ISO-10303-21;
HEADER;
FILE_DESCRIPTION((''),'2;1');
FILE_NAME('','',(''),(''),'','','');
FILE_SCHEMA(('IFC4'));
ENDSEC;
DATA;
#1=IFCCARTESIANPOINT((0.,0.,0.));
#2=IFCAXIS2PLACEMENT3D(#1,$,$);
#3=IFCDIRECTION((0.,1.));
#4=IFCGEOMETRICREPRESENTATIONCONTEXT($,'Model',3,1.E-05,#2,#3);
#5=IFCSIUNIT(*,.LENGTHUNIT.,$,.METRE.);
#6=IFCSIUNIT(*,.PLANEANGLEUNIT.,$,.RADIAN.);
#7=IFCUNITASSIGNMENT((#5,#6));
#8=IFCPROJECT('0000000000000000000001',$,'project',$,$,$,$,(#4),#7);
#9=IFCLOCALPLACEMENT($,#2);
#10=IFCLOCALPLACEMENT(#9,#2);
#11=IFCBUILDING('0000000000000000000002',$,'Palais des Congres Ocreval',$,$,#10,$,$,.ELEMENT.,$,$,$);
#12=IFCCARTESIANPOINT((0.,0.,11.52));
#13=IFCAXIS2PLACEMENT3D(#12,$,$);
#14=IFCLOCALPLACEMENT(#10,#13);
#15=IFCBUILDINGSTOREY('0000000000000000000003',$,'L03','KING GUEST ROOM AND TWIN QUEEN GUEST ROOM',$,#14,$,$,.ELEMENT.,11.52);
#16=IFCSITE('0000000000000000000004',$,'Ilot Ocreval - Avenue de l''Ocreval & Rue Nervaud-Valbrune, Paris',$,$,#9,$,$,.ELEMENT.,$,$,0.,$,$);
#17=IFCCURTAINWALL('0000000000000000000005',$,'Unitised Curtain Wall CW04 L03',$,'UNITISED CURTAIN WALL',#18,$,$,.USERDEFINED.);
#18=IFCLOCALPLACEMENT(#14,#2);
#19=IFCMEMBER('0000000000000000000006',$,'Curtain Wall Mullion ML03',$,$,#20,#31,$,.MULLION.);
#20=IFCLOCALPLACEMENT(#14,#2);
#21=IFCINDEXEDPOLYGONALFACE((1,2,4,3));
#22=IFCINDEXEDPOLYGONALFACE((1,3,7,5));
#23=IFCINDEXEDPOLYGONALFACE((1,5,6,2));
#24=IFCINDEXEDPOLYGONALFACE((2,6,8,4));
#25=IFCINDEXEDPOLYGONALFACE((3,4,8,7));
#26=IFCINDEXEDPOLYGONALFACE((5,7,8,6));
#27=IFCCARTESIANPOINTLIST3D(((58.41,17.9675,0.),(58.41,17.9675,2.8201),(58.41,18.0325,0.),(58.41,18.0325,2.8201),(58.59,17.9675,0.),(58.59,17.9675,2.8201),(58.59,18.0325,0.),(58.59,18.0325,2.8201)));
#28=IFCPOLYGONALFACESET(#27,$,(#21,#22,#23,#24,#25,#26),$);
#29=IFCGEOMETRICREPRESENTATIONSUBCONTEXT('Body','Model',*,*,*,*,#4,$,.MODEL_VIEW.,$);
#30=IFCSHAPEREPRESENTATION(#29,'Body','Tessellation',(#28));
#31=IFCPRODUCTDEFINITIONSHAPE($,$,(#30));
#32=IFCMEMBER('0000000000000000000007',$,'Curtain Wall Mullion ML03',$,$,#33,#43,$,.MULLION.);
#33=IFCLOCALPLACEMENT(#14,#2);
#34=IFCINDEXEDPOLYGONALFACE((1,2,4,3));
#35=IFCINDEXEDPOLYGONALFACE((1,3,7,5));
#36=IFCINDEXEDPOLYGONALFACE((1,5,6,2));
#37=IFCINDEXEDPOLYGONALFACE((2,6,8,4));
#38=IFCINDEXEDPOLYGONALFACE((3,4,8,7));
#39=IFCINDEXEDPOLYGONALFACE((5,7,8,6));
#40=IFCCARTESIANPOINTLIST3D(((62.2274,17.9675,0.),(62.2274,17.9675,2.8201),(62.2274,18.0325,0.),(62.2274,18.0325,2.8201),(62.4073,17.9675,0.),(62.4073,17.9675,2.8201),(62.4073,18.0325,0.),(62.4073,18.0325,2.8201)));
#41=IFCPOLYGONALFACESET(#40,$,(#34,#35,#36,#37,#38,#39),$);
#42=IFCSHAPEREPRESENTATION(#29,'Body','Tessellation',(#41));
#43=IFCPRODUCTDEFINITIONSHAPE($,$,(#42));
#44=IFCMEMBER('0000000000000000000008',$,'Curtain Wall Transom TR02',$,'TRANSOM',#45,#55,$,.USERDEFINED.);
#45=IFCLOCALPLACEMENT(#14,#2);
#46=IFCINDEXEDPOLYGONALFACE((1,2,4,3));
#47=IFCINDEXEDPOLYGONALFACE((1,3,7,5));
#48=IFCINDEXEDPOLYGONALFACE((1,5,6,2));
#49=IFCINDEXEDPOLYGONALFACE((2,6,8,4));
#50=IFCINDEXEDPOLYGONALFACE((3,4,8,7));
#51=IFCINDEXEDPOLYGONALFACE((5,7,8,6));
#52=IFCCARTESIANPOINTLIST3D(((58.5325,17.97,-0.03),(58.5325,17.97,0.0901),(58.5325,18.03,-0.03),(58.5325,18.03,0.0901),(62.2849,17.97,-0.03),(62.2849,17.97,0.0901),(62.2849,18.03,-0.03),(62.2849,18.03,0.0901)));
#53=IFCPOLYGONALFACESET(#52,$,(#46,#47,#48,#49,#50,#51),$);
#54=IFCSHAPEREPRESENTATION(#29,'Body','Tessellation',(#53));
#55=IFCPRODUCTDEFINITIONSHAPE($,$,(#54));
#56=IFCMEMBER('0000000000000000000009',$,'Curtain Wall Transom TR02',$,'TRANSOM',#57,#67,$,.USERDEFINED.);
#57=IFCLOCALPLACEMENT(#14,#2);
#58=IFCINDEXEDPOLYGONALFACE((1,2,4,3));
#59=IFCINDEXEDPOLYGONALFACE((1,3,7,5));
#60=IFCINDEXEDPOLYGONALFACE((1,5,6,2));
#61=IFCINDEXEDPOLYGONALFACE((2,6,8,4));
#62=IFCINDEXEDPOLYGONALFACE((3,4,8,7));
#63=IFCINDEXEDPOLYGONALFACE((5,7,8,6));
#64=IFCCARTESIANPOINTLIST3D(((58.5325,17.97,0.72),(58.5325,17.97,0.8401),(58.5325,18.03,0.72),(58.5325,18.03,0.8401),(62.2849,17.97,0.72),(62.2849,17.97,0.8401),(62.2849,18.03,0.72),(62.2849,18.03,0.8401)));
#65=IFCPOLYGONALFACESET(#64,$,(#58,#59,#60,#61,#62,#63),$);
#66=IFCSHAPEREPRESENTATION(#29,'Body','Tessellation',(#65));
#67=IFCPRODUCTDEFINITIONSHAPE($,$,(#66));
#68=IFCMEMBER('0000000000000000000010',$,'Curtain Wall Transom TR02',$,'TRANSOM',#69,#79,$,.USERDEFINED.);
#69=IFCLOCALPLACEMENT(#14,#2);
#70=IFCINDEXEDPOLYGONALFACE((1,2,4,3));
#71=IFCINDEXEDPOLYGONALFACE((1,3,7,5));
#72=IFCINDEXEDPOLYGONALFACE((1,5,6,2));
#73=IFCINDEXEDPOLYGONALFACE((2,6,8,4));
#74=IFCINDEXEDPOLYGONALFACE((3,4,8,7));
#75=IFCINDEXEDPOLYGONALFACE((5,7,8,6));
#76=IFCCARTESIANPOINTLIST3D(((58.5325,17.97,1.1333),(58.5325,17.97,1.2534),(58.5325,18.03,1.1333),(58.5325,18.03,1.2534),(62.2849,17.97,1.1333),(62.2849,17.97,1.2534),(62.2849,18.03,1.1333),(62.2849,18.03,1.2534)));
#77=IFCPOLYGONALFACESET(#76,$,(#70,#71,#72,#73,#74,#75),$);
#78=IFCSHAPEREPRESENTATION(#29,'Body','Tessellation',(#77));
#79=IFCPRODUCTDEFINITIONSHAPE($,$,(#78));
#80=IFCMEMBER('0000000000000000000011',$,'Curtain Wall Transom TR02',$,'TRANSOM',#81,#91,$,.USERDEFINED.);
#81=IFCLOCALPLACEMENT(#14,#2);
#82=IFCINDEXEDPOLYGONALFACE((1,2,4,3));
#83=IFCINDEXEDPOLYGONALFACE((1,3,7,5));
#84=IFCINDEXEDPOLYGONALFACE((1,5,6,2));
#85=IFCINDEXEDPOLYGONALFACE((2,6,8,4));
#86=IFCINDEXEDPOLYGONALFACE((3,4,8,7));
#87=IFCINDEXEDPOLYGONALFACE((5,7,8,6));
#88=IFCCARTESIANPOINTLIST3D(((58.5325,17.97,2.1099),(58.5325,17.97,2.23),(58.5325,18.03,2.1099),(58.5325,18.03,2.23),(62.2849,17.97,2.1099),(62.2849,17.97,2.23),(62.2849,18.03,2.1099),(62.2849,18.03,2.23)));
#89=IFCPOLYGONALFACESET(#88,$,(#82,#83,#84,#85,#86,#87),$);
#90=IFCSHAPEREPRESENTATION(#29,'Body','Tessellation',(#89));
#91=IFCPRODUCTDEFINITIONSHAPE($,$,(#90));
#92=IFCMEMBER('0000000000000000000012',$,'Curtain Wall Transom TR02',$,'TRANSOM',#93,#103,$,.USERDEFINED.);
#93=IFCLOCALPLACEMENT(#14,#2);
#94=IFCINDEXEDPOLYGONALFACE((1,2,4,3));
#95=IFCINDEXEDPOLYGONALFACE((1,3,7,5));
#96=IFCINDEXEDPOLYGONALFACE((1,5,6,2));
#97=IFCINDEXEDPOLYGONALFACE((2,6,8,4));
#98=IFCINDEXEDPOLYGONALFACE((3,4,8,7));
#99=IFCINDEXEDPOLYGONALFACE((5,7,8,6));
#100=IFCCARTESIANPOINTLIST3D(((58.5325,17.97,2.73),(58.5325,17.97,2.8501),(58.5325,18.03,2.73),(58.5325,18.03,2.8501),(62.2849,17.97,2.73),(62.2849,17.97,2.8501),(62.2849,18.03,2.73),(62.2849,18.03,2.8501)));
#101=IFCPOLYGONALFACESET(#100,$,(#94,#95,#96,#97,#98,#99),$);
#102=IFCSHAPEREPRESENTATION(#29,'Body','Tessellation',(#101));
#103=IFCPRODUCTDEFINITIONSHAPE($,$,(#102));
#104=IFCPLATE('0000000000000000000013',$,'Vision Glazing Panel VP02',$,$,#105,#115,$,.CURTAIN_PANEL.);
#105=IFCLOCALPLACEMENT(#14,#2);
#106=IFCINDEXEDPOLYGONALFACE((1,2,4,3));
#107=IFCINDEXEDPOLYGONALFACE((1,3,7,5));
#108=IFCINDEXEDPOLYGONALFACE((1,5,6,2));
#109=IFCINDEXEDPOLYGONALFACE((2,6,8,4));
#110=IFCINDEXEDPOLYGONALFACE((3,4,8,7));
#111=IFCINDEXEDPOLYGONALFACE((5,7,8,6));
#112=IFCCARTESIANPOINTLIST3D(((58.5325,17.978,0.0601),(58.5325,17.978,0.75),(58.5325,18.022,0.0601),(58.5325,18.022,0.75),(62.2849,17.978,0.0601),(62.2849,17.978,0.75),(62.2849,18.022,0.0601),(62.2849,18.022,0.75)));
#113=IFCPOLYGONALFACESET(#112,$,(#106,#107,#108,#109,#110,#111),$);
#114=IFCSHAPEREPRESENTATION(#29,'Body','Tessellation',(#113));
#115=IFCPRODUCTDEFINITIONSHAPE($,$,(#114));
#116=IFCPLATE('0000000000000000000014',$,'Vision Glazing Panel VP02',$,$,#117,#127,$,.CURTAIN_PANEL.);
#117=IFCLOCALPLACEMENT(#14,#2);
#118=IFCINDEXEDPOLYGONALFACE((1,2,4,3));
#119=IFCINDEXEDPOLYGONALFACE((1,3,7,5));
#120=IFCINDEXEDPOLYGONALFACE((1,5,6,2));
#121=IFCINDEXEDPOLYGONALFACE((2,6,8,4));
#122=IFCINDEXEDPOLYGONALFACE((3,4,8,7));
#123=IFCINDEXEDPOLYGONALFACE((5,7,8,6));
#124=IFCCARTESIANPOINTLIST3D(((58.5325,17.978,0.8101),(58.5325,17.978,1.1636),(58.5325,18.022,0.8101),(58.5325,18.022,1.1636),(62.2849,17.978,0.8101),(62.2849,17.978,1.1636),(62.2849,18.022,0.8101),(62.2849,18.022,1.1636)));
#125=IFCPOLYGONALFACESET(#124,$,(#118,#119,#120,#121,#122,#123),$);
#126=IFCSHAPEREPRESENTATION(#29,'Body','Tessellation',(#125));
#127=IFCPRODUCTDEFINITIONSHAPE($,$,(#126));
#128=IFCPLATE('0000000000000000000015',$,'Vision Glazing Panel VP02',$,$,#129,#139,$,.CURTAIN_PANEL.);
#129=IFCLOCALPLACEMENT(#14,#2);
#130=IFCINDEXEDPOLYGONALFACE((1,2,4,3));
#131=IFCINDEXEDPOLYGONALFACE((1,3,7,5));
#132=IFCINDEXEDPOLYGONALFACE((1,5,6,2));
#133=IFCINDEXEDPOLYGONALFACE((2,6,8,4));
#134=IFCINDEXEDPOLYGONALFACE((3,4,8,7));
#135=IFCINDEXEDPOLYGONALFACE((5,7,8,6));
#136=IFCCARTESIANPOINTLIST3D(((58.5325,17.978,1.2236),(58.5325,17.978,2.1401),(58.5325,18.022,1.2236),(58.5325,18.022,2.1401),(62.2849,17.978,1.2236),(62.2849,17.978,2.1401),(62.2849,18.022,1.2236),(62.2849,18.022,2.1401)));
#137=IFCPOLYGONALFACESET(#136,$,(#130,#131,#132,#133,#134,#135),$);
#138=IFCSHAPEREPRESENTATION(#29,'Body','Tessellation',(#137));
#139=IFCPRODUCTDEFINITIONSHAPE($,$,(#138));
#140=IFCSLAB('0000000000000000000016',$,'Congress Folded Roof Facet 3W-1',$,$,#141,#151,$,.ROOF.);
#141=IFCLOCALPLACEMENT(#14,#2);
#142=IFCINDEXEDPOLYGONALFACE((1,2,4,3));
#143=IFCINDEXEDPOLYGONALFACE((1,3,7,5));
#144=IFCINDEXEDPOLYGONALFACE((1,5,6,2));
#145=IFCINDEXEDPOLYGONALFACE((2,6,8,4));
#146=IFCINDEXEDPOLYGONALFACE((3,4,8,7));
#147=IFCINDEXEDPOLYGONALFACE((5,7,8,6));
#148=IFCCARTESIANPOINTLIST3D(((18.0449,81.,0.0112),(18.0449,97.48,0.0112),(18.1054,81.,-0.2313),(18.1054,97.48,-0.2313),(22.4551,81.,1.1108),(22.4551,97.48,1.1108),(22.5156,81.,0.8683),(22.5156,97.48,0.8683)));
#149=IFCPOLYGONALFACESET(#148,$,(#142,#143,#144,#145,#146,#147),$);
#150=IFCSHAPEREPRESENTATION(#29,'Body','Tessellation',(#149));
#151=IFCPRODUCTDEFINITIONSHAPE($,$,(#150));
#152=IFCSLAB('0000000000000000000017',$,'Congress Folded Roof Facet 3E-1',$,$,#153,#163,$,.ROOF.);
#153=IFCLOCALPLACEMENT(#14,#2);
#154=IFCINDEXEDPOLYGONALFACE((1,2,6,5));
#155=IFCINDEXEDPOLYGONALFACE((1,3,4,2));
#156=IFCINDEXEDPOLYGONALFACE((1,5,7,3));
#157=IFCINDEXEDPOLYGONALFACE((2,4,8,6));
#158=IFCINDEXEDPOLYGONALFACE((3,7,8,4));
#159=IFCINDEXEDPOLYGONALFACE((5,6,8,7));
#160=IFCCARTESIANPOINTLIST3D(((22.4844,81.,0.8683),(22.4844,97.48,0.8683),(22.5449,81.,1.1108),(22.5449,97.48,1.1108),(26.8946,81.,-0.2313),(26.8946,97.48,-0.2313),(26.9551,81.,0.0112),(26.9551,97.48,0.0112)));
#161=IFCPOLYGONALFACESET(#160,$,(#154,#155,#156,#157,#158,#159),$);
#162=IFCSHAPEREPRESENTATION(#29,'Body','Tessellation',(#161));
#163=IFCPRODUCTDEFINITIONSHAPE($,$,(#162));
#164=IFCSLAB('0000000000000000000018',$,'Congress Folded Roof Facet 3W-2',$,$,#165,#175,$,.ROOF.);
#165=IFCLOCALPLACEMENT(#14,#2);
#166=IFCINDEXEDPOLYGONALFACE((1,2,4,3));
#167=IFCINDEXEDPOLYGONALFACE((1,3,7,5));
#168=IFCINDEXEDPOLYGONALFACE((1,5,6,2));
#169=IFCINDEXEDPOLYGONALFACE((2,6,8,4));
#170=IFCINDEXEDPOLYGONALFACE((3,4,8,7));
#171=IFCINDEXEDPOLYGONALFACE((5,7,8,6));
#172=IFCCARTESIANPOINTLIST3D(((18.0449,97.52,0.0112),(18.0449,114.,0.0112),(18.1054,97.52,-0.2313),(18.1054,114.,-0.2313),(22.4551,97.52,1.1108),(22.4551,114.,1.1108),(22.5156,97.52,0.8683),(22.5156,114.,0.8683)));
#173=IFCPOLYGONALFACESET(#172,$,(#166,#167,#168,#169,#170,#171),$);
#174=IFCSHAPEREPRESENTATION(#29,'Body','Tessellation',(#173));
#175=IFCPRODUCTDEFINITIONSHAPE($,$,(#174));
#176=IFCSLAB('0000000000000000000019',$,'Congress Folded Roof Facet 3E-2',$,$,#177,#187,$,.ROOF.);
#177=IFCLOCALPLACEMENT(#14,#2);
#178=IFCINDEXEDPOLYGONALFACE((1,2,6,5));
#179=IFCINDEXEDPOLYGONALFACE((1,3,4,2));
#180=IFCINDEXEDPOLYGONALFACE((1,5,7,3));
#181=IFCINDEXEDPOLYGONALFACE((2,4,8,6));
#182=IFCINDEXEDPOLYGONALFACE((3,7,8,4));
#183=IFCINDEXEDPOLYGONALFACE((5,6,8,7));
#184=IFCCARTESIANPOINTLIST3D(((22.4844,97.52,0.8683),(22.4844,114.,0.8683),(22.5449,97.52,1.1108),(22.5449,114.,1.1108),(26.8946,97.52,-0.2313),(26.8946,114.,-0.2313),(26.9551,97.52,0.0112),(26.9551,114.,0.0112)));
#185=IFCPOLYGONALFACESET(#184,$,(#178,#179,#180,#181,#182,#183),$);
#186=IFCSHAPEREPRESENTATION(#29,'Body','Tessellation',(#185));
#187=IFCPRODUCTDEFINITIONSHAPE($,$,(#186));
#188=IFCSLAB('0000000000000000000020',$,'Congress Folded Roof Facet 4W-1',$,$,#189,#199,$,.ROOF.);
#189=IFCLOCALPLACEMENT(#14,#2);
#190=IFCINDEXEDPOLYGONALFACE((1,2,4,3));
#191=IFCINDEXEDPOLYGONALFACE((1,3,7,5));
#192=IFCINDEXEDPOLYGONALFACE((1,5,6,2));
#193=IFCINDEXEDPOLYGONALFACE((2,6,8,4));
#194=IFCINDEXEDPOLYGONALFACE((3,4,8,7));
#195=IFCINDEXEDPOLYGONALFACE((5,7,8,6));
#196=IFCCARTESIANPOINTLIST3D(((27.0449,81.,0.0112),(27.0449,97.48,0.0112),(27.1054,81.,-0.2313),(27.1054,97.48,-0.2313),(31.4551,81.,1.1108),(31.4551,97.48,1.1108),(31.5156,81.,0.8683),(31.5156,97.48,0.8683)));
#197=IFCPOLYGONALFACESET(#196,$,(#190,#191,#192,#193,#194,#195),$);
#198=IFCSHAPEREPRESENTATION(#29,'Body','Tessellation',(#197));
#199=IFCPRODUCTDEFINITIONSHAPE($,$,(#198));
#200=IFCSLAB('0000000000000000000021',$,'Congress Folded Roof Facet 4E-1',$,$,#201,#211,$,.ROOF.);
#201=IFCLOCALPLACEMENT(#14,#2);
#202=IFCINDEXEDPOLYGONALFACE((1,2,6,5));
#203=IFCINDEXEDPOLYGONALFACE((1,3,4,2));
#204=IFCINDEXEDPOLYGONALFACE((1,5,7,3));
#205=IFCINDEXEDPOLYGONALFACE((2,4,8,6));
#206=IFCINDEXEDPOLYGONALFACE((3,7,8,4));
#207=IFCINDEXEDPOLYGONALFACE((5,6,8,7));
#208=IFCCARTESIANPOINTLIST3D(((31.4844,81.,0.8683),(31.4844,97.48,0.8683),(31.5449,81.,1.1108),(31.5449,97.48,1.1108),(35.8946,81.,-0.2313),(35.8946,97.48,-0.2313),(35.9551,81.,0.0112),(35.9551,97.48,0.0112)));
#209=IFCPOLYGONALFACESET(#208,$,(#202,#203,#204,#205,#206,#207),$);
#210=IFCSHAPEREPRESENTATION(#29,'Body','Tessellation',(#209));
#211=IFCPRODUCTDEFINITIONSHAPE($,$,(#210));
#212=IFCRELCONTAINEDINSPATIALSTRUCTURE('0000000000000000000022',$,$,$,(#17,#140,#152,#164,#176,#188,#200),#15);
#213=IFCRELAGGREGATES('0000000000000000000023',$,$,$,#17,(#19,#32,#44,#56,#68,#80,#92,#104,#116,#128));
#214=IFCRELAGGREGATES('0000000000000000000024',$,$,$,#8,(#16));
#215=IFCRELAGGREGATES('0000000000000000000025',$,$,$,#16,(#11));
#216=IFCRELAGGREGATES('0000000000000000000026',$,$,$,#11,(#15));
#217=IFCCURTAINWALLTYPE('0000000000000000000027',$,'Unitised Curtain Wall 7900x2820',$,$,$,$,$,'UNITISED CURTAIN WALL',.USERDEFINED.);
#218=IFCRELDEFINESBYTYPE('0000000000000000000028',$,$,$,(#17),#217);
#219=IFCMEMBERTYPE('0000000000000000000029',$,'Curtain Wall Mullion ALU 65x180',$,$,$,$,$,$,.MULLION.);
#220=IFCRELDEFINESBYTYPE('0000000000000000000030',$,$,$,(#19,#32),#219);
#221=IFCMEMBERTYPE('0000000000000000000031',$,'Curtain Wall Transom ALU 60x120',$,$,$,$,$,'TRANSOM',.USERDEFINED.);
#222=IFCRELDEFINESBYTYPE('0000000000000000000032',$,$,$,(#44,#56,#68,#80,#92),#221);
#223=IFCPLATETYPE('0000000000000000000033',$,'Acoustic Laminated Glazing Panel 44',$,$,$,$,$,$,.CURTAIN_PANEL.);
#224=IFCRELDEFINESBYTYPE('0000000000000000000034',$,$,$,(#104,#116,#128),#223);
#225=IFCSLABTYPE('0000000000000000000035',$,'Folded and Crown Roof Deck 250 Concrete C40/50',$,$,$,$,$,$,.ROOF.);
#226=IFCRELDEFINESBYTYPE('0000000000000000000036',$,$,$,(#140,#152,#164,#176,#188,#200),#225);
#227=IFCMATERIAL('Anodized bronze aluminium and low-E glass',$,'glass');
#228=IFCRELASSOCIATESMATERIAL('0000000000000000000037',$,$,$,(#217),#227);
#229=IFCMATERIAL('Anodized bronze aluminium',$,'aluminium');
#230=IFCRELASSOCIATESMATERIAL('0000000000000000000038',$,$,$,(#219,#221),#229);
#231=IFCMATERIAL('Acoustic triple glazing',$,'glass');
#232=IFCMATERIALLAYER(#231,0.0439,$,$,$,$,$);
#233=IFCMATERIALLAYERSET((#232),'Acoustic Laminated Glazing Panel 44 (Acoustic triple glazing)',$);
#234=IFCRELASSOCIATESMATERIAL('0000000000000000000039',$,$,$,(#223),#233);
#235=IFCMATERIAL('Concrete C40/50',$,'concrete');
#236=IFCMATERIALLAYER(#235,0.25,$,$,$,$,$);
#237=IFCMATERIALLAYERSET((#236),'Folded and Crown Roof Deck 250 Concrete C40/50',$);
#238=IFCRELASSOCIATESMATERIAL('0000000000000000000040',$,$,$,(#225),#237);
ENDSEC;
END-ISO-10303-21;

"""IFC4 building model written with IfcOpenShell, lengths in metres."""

from ifc_helpers import new_model, si_unit, direction, frame, origin, origin_2d, place, context, subcontext, project, spatial, polyline, rectangle, outline, extrude, material, layer, layer_set, material_profile, profile_set, type_object, element, aggregate, save


model = new_model("IFC4")

# Units and contexts
model_context = context("Model", 3, precision=1e-05, world=origin(), true_north=direction((0.0, 1.0)))
body_context = subcontext(model_context, "Body", "Model", "MODEL_VIEW")
ifc_project = project(units=[si_unit("LENGTHUNIT", "METRE"), si_unit("PLANEANGLEUNIT", "RADIAN")], contexts=[model_context])

# Site, building, storey
site_placement = place(None, origin())
site = spatial("IfcSite", under=ifc_project, at=site_placement, Name="Ilot Ocreval - Avenue de l'Ocreval & Rue Nervaud-Valbrune, Paris", CompositionType="ELEMENT", RefElevation=0.0)
building_placement = place(site_placement, origin())
building = spatial("IfcBuilding", under=site, at=building_placement, Name="Palais des Congres Ocreval", CompositionType="ELEMENT")
storey_placement = place(building_placement, frame((0.0, 0.0, 11.52)))
storey = spatial("IfcBuildingStorey", under=building, at=storey_placement, Name="L03", Description="KING GUEST ROOM AND TWIN QUEEN GUEST ROOM", CompositionType="ELEMENT", Elevation=11.52)

# Curtain wall, members, plates
ifc_material_1 = material(Name="Anodized bronze aluminium and low-E glass", Category="glass")
curtain_wall_type = type_object("IfcCurtainWallType", Name="Unitised Curtain Wall 7900x2820", ElementType="UNITISED CURTAIN WALL", PredefinedType="USERDEFINED", material=ifc_material_1)
curtain_wall_placement = place(storey_placement, origin())
curtain_wall = element("IfcCurtainWall", 1, at=curtain_wall_placement, inside=storey, type_object=curtain_wall_type, Name="Unitised Curtain Wall CW04 L03", ObjectType="UNITISED CURTAIN WALL", PredefinedType="USERDEFINED")
ifc_material_2 = material(Name="Anodized bronze aluminium", Category="aluminium")
ifc_material_profile_1 = material_profile(ifc_material_2, rectangle(XDim=0.0649, YDim=0.1799, at=origin_2d()), Name="ALU 65x180")
ifc_profile_set_1 = profile_set([ifc_material_profile_1], Name="Anodized bronze aluminium")
member_type_1 = type_object("IfcMemberType", Name="Curtain Wall Mullion ALU 65x180", PredefinedType="MULLION", material=ifc_profile_set_1)
member_1_placement = place(storey_placement, frame((58.5, 18.0, 0.0), z_axis=(0.0, 0.0, 1.0), x_axis=(0.0, 1.0, 0.0)))
member_1 = element("IfcMember", 2, at=member_1_placement, type_object=member_type_1, Name="Curtain Wall Mullion ML03", PredefinedType="MULLION", context=body_context, shape_type="SweptSolid", body=[
    extrude(rectangle(XDim=0.0649, YDim=0.1799, at=origin_2d()), origin(), (0.0, 0.0, 1.0), 2.8201),
])
member_2_placement = place(storey_placement, frame((62.3174, 18.0, 0.0), z_axis=(0.0, 0.0, 1.0), x_axis=(0.0, 1.0, 0.0)))
member_2 = element("IfcMember", 3, at=member_2_placement, type_object=member_type_1, Name="Curtain Wall Mullion ML03", PredefinedType="MULLION", context=body_context, shape_type="SweptSolid", body=[
    extrude(rectangle(XDim=0.0649, YDim=0.1799, at=origin_2d()), origin(), (0.0, 0.0, 1.0), 2.8201),
])
ifc_material_profile_2 = material_profile(ifc_material_2, rectangle(XDim=0.0601, YDim=0.1201, at=origin_2d()), Name="ALU 60x120")
ifc_profile_set_2 = profile_set([ifc_material_profile_2], Name="Anodized bronze aluminium")
member_type_2 = type_object("IfcMemberType", Name="Curtain Wall Transom ALU 60x120", ElementType="TRANSOM", PredefinedType="USERDEFINED", material=ifc_profile_set_2)
member_3_placement = place(storey_placement, frame((58.5325, 18.0, 0.03), z_axis=(1.0, 0.0, 0.0), x_axis=(0.0, 1.0, 0.0)))
member_3 = element("IfcMember", 4, at=member_3_placement, type_object=member_type_2, Name="Curtain Wall Transom TR02", ObjectType="TRANSOM", PredefinedType="USERDEFINED", context=body_context, shape_type="SweptSolid", body=[
    extrude(rectangle(XDim=0.0601, YDim=0.1201, at=origin_2d()), origin(), (0.0, 0.0, 1.0), 3.7524),
])
member_4_placement = place(storey_placement, frame((58.5325, 18.0, 0.78), z_axis=(1.0, 0.0, 0.0), x_axis=(0.0, 1.0, 0.0)))
member_4 = element("IfcMember", 5, at=member_4_placement, type_object=member_type_2, Name="Curtain Wall Transom TR02", ObjectType="TRANSOM", PredefinedType="USERDEFINED", context=body_context, shape_type="SweptSolid", body=[
    extrude(rectangle(XDim=0.0601, YDim=0.1201, at=origin_2d()), origin(), (0.0, 0.0, 1.0), 3.7524),
])
member_5_placement = place(storey_placement, frame((58.5325, 18.0, 1.1934), z_axis=(1.0, 0.0, 0.0), x_axis=(0.0, 1.0, 0.0)))
member_5 = element("IfcMember", 6, at=member_5_placement, type_object=member_type_2, Name="Curtain Wall Transom TR02", ObjectType="TRANSOM", PredefinedType="USERDEFINED", context=body_context, shape_type="SweptSolid", body=[
    extrude(rectangle(XDim=0.0601, YDim=0.1201, at=origin_2d()), origin(), (0.0, 0.0, 1.0), 3.7524),
])
member_6_placement = place(storey_placement, frame((58.5325, 18.0, 2.1699), z_axis=(1.0, 0.0, 0.0), x_axis=(0.0, 1.0, 0.0)))
member_6 = element("IfcMember", 7, at=member_6_placement, type_object=member_type_2, Name="Curtain Wall Transom TR02", ObjectType="TRANSOM", PredefinedType="USERDEFINED", context=body_context, shape_type="SweptSolid", body=[
    extrude(rectangle(XDim=0.0601, YDim=0.1201, at=origin_2d()), origin(), (0.0, 0.0, 1.0), 3.7524),
])
member_7_placement = place(storey_placement, frame((58.5325, 18.0, 2.79), z_axis=(1.0, 0.0, 0.0), x_axis=(0.0, 1.0, 0.0)))
member_7 = element("IfcMember", 8, at=member_7_placement, type_object=member_type_2, Name="Curtain Wall Transom TR02", ObjectType="TRANSOM", PredefinedType="USERDEFINED", context=body_context, shape_type="SweptSolid", body=[
    extrude(rectangle(XDim=0.0601, YDim=0.1201, at=origin_2d()), origin(), (0.0, 0.0, 1.0), 3.7524),
])
ifc_material_3 = material(Name="Acoustic triple glazing", Category="glass")
ifc_layer_1 = layer(ifc_material_3, 0.0439)
ifc_layer_set_1 = layer_set([ifc_layer_1], Name="Acoustic Laminated Glazing Panel 44 (Acoustic triple glazing)")
plate_type_1 = type_object("IfcPlateType", Name="Acoustic Laminated Glazing Panel 44", PredefinedType="CURTAIN_PANEL", material=ifc_layer_set_1)
plate_1_placement = place(storey_placement, frame((60.4087, 18.0, 0.0601), z_axis=(0.0, 0.0, 1.0), x_axis=(1.0, 0.0, 0.0)))
plate_1 = element("IfcPlate", 9, at=plate_1_placement, type_object=plate_type_1, Name="Vision Glazing Panel VP02", PredefinedType="CURTAIN_PANEL", context=body_context, shape_type="SweptSolid", body=[
    extrude(rectangle(XDim=3.7524, YDim=0.0439, at=origin_2d()), origin(), (0.0, 0.0, 1.0), 0.6899),
])
plate_2_placement = place(storey_placement, frame((60.4087, 18.0, 0.8101), z_axis=(0.0, 0.0, 1.0), x_axis=(1.0, 0.0, 0.0)))
plate_2 = element("IfcPlate", 10, at=plate_2_placement, type_object=plate_type_1, Name="Vision Glazing Panel VP02", PredefinedType="CURTAIN_PANEL", context=body_context, shape_type="SweptSolid", body=[
    extrude(rectangle(XDim=3.7524, YDim=0.0439, at=origin_2d()), origin(), (0.0, 0.0, 1.0), 0.3535),
])
plate_3_placement = place(storey_placement, frame((60.4087, 18.0, 1.2236), z_axis=(0.0, 0.0, 1.0), x_axis=(1.0, 0.0, 0.0)))
plate_3 = element("IfcPlate", 11, at=plate_3_placement, type_object=plate_type_1, Name="Vision Glazing Panel VP02", PredefinedType="CURTAIN_PANEL", context=body_context, shape_type="SweptSolid", body=[
    extrude(rectangle(XDim=3.7524, YDim=0.0439, at=origin_2d()), origin(), (0.0, 0.0, 1.0), 0.9165),
])

# Slabs
ifc_material_4 = material(Name="Concrete C40/50", Category="concrete")
ifc_layer_2 = layer(ifc_material_4, 0.25)
ifc_layer_set_2 = layer_set([ifc_layer_2], Name="Folded and Crown Roof Deck 250 Concrete C40/50")
slab_type = type_object("IfcSlabType", Name="Folded and Crown Roof Deck 250 Concrete C40/50", PredefinedType="ROOF", material=ifc_layer_set_2)
for number, where, z_axis, x_axis, name in (
    (12, (18.0449, 81.0, 0.0112), (-0.241929, 0.0, 0.970294), (0.970294, 0.0, 0.241929), "Congress Folded Roof Facet 3W-1"),
    (13, (22.5449, 81.0, 1.1108), (0.241929, 0.0, 0.970294), (0.970294, 0.0, -0.241929), "Congress Folded Roof Facet 3E-1"),
    (14, (18.0449, 97.52, 0.0112), (-0.241929, 0.0, 0.970294), (0.970294, 0.0, 0.241929), "Congress Folded Roof Facet 3W-2"),
    (15, (22.5449, 97.52, 1.1108), (0.241929, 0.0, 0.970294), (0.970294, 0.0, -0.241929), "Congress Folded Roof Facet 3E-2"),
    (16, (27.0449, 81.0, 0.0112), (-0.241929, 0.0, 0.970294), (0.970294, 0.0, 0.241929), "Congress Folded Roof Facet 4W-1"),
    (17, (31.5449, 81.0, 1.1108), (0.241929, 0.0, 0.970294), (0.970294, 0.0, -0.241929), "Congress Folded Roof Facet 4E-1"),
):
    element("IfcSlab", number, at=place(storey_placement, frame(where, z_axis=z_axis, x_axis=x_axis)), inside=storey, type_object=slab_type, Name=name, PredefinedType="ROOF", context=body_context, shape_type="SweptSolid", body=[
        extrude(outline(polyline([(0.0, 0.0), (4.5452, 0.0), (4.5452, 16.48), (0.0, 16.48), (0.0, 0.0)])), origin(), (0.0, 0.0, -1.0), 0.25),
    ])

aggregate(curtain_wall, [member_1, member_2, member_3, member_4, member_5, member_6, member_7, plate_1, plate_2, plate_3])

save(model, "model.ifc")
